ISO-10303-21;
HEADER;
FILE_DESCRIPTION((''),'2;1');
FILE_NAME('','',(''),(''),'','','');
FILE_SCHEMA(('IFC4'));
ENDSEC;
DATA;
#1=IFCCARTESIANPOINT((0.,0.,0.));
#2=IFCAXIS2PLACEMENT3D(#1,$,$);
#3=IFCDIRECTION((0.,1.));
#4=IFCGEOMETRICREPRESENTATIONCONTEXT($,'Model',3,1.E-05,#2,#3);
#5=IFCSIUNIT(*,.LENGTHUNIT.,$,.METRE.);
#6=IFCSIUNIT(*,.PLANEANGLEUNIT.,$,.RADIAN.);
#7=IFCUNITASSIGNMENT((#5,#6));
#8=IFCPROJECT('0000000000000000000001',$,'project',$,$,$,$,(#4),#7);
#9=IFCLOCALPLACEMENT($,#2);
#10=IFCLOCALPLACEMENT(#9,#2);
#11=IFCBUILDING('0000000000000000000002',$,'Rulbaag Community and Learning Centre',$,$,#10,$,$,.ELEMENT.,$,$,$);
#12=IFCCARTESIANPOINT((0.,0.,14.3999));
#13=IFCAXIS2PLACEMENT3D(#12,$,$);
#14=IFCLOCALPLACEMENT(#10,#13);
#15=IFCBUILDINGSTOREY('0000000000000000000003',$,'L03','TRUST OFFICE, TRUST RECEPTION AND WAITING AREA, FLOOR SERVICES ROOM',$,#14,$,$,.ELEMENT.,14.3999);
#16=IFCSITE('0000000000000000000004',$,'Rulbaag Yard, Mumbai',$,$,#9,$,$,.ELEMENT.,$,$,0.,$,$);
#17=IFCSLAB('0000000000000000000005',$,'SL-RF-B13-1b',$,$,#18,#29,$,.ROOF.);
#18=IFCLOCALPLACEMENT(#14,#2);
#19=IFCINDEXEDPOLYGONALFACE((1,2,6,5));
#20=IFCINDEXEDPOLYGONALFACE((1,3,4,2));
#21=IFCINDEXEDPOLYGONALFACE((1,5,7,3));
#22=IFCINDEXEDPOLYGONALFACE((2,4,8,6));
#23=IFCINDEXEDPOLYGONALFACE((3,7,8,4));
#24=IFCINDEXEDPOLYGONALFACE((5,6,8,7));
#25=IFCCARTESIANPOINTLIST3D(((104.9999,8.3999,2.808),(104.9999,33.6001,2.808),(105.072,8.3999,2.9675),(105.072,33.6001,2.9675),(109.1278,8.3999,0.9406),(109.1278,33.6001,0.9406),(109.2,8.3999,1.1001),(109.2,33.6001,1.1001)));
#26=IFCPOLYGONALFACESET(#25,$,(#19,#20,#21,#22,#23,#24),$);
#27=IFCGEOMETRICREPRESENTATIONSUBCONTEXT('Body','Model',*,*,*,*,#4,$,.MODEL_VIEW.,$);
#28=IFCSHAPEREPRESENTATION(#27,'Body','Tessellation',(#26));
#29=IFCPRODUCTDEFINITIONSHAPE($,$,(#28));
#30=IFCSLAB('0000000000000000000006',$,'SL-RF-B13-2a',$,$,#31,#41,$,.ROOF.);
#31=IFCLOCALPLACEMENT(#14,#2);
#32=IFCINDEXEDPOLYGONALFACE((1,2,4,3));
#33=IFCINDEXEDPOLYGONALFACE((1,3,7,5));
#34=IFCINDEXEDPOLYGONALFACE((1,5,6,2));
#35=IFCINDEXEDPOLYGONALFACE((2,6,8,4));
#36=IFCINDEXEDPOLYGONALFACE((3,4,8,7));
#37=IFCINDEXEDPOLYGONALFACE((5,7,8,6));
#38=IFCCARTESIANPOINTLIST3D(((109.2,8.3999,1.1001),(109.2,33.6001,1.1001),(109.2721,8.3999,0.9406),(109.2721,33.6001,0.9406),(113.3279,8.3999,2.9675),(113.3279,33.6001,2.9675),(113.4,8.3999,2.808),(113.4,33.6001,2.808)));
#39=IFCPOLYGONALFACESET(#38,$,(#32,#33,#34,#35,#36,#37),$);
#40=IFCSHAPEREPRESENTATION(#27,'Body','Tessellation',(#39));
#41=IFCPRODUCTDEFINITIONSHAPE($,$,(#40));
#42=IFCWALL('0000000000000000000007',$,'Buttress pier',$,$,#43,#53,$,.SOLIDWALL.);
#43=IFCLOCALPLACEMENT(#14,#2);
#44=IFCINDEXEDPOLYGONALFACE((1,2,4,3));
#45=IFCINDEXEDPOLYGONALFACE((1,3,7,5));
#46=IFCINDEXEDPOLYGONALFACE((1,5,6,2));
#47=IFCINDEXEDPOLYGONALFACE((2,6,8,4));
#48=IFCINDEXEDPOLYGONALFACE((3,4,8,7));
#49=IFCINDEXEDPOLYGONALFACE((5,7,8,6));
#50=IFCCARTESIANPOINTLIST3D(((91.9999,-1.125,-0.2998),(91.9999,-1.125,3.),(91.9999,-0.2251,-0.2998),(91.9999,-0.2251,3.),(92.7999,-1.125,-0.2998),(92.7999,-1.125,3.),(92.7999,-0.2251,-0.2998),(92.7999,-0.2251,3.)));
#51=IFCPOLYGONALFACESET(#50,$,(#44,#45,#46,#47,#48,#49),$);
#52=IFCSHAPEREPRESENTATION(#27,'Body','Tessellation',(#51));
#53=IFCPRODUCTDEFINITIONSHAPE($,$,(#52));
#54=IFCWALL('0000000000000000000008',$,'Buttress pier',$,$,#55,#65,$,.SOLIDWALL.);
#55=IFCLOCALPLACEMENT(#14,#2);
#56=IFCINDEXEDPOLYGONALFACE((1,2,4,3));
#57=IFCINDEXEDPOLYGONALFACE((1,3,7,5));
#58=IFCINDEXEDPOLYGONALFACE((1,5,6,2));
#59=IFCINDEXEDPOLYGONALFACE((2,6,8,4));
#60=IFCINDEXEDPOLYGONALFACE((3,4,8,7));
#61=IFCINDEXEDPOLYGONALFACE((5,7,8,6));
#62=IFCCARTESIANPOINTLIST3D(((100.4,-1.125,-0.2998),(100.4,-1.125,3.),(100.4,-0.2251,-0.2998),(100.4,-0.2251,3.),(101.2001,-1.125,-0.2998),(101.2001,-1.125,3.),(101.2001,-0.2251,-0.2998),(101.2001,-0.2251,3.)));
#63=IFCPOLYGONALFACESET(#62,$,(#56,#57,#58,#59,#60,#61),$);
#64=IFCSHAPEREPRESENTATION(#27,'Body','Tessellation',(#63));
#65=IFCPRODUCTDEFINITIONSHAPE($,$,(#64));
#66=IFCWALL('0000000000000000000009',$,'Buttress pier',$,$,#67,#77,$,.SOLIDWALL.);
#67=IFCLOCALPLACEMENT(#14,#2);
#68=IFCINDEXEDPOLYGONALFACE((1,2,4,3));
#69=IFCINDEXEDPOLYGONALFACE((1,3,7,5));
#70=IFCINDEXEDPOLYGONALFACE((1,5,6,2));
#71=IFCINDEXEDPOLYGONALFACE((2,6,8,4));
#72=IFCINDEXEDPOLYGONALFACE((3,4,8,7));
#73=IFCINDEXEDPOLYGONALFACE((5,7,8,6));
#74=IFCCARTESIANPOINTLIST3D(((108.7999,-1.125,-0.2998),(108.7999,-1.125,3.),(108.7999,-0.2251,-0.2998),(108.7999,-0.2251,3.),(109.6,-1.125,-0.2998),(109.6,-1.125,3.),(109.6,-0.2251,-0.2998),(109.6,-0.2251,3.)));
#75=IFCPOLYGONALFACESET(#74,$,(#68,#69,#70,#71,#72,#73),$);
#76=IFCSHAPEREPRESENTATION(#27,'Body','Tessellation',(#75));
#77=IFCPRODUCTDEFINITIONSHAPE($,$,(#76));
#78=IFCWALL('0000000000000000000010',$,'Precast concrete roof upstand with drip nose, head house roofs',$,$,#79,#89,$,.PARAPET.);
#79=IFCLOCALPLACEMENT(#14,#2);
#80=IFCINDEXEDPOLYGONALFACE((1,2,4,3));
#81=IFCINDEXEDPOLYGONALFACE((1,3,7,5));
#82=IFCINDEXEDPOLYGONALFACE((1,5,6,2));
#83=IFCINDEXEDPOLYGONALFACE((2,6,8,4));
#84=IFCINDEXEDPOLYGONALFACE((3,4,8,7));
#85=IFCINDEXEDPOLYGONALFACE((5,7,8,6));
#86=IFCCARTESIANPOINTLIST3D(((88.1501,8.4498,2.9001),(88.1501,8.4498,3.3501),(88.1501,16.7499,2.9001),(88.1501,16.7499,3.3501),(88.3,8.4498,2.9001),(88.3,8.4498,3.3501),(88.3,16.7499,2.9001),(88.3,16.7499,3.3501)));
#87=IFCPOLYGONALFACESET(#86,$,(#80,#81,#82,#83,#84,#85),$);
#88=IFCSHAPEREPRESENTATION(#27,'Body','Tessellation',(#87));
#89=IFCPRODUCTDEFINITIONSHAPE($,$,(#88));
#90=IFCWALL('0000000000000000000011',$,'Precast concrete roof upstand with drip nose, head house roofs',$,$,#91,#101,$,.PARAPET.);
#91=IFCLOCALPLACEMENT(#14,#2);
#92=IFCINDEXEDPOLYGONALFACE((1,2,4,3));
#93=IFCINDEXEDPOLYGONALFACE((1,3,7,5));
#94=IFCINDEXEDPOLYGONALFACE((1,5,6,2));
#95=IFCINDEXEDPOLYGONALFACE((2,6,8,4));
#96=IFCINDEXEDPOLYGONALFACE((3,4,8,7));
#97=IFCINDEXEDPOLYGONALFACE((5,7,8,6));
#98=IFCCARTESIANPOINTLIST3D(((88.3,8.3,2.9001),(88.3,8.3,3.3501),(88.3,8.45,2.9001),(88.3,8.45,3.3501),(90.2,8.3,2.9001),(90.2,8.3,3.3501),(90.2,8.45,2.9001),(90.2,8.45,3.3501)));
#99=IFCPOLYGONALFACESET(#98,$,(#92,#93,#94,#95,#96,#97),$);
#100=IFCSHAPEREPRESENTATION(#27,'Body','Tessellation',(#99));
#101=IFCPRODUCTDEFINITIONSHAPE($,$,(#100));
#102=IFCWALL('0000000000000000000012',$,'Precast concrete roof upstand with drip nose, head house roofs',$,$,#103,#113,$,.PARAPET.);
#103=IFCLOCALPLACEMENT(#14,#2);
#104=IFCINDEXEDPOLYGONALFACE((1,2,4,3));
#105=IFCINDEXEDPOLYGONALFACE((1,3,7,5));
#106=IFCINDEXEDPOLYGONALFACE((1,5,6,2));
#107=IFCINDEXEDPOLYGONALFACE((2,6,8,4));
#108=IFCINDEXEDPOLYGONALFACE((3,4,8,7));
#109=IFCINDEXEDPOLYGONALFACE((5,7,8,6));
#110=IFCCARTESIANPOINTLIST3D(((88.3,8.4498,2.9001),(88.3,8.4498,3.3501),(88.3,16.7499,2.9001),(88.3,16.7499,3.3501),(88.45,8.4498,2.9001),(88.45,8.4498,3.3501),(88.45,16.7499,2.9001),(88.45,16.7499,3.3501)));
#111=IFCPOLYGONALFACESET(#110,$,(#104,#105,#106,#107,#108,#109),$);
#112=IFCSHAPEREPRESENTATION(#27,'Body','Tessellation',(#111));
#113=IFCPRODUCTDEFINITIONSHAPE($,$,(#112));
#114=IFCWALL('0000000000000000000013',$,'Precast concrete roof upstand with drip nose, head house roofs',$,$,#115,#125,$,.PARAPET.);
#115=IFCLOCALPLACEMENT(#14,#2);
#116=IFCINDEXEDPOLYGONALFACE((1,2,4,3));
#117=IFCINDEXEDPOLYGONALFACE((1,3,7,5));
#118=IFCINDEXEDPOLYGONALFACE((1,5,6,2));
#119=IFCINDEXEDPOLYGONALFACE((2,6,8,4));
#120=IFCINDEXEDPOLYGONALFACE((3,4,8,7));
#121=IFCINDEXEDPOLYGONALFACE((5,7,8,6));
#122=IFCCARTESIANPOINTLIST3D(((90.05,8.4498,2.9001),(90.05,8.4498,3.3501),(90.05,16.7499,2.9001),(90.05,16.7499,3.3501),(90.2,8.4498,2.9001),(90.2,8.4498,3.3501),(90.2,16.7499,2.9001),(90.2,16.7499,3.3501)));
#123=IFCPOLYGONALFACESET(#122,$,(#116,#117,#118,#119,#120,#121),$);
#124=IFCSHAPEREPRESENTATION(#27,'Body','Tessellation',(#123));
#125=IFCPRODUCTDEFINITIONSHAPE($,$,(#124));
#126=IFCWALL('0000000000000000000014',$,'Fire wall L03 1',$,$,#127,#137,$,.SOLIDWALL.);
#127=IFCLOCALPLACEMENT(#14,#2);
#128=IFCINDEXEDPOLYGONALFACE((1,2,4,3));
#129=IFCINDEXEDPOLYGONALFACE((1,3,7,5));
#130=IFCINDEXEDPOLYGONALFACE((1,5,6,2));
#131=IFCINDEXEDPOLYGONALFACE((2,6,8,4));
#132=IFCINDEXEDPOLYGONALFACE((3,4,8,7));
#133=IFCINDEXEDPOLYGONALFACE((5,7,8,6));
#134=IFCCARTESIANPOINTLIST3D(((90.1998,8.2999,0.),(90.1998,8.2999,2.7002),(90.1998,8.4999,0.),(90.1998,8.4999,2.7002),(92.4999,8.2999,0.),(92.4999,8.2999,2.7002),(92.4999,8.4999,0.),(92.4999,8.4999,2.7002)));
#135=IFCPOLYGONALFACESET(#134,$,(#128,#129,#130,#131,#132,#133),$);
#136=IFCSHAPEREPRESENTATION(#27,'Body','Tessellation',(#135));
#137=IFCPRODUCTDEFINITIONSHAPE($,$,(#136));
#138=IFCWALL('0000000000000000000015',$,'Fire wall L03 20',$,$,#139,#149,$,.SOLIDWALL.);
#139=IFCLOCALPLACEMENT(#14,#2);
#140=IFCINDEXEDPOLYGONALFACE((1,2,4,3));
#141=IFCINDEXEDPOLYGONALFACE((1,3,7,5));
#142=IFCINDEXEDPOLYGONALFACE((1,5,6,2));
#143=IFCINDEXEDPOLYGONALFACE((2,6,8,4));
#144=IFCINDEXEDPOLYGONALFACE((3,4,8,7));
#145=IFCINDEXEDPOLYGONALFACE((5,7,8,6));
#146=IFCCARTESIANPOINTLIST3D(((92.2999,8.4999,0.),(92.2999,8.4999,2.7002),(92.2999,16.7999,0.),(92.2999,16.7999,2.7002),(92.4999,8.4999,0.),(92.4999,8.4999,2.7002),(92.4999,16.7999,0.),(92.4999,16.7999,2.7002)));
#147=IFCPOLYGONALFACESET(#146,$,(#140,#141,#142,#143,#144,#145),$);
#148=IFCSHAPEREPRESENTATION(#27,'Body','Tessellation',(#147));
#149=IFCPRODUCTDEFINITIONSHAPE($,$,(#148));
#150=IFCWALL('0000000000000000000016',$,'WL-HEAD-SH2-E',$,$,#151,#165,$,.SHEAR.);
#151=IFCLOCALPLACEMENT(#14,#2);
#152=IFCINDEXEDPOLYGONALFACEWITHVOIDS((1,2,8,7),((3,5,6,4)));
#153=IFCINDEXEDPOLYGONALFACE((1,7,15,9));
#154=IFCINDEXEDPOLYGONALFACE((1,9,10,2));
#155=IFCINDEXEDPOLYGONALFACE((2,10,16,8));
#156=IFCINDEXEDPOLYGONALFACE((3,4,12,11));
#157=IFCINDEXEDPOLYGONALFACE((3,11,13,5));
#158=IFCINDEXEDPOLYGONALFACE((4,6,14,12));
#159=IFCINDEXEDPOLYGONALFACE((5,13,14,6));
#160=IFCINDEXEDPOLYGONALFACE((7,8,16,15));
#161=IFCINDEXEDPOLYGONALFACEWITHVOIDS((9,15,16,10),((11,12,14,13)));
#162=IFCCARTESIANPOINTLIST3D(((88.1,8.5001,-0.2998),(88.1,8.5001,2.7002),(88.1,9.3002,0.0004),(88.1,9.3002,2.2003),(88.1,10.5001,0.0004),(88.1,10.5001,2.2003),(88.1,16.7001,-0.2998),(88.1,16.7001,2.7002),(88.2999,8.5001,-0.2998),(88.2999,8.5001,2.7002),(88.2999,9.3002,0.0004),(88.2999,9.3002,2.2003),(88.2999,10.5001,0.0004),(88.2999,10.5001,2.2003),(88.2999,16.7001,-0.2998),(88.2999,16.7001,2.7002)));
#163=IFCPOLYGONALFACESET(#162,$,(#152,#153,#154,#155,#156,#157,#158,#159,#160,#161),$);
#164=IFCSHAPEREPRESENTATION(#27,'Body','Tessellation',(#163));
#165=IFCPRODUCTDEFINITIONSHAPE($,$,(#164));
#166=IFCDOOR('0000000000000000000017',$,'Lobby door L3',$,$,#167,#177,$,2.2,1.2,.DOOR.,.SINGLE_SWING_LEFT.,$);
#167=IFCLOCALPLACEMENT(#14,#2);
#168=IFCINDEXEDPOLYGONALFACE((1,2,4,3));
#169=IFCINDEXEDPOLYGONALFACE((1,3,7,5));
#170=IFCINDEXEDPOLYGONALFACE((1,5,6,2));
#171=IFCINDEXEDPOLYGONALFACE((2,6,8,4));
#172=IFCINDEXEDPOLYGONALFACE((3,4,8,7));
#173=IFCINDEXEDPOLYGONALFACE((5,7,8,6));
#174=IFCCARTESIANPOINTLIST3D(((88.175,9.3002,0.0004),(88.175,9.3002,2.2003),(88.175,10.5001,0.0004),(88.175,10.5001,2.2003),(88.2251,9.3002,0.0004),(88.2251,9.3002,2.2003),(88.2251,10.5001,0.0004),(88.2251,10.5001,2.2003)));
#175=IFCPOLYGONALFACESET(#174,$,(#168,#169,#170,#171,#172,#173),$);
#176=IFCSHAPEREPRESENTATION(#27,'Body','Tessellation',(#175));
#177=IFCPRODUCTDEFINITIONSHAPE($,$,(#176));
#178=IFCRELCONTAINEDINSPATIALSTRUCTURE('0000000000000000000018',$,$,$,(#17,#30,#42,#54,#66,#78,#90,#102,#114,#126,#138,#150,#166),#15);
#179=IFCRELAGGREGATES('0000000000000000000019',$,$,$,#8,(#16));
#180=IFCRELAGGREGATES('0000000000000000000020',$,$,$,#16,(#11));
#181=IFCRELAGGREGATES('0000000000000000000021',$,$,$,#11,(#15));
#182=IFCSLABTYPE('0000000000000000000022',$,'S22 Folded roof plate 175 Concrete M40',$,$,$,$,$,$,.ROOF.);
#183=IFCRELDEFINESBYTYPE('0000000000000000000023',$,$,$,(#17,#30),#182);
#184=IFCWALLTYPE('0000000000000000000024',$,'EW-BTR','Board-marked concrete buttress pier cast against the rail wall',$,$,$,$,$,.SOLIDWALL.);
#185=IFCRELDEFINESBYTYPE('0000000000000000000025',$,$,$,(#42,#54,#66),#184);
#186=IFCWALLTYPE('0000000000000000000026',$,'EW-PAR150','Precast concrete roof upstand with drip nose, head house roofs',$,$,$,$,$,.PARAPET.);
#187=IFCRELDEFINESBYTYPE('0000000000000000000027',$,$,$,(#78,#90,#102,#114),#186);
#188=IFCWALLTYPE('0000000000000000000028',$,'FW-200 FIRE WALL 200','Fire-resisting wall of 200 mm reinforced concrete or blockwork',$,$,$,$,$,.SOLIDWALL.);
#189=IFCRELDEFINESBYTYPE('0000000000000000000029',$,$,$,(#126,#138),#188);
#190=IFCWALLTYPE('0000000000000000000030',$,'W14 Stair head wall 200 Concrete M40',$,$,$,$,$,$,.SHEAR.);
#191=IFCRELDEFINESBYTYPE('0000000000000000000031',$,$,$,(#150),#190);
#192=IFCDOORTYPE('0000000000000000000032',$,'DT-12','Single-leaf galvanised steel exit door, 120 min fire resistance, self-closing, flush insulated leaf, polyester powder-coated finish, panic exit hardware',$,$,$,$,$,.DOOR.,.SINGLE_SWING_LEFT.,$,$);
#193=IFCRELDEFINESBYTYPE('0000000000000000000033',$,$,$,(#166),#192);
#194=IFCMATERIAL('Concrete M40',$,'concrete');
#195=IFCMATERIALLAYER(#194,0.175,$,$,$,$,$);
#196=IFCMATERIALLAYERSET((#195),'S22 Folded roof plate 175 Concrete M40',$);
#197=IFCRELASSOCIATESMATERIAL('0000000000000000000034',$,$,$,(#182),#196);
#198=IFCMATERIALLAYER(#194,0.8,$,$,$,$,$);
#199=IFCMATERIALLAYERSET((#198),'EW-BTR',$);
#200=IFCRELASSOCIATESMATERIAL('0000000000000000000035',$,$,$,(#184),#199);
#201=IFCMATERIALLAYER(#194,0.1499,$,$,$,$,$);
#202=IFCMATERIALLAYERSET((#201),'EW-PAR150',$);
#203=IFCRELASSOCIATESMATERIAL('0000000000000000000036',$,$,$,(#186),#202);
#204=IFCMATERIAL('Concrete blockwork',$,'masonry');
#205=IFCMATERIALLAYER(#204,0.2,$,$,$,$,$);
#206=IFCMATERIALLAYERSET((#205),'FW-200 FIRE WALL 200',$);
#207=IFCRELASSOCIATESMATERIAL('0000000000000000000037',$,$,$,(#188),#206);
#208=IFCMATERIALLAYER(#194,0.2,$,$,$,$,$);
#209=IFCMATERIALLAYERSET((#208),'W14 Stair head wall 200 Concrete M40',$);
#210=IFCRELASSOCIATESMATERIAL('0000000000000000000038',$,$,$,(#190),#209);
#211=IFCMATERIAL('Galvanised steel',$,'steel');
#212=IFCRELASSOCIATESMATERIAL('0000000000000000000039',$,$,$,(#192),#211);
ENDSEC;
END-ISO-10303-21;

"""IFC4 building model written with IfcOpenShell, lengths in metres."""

from ifc_helpers import new_model, si_unit, direction, frame, frame_2d, origin, place, context, subcontext, project, spatial, polyline, rectangle, outline, extrude, material, layer, layer_set, type_object, element, fill, save


model = new_model("IFC4")

# Units and contexts
model_context = context("Model", 3, precision=1e-05, world=origin(), true_north=direction((0.0, 1.0)))
body_context = subcontext(model_context, "Body", "Model", "MODEL_VIEW")
ifc_project = project(units=[si_unit("LENGTHUNIT", "METRE"), si_unit("PLANEANGLEUNIT", "RADIAN")], contexts=[model_context])

# Site, building, storey
site_placement = place(None, origin())
site = spatial("IfcSite", under=ifc_project, at=site_placement, Name="Rulbaag Yard, Mumbai", CompositionType="ELEMENT", RefElevation=0.0)
building_placement = place(site_placement, origin())
building = spatial("IfcBuilding", under=site, at=building_placement, Name="Rulbaag Community and Learning Centre", CompositionType="ELEMENT")
storey_placement = place(building_placement, frame((0.0, 0.0, 14.3999)))
storey = spatial("IfcBuildingStorey", under=building, at=storey_placement, Name="L03", Description="TRUST OFFICE, TRUST RECEPTION AND WAITING AREA, FLOOR SERVICES ROOM", CompositionType="ELEMENT", Elevation=14.3999)

# Shared definitions
ifc_material_1 = material(Name="Concrete M40", Category="concrete")

# Slabs
ifc_layer_1 = layer(ifc_material_1, 0.175)
ifc_layer_set_1 = layer_set([ifc_layer_1], Name="S22 Folded roof plate 175 Concrete M40")
slab_type = type_object("IfcSlabType", Name="S22 Folded roof plate 175 Concrete M40", PredefinedType="ROOF", material=ifc_layer_set_1)
for number, where, z_axis, x_axis, name in (
    (1, (105.072, 8.3999, 2.9675), (0.412174, 0.0, 0.911105), (0.911105, 0.0, -0.412174), "SL-RF-B13-1b"),
    (2, (109.2, 8.3999, 1.1001), (-0.412174, 0.0, 0.911105), (0.911105, 0.0, 0.412174), "SL-RF-B13-2a"),
):
    element("IfcSlab", number, at=place(storey_placement, frame(where, z_axis=z_axis, x_axis=x_axis)), inside=storey, type_object=slab_type, Name=name, PredefinedType="ROOF", context=body_context, shape_type="SweptSolid", body=[
        extrude(outline(polyline([(0.0, 0.0), (4.5307, 0.0), (4.5307, 25.2002), (0.0, 25.2002), (0.0, 0.0)])), origin(), (0.0, 0.0, -1.0), 0.175),
    ])

# Walls
ifc_layer_2 = layer(ifc_material_1, 0.8)
ifc_layer_set_2 = layer_set([ifc_layer_2], Name="EW-BTR")
wall_type_1 = type_object("IfcWallType", Name="EW-BTR", Description="Board-marked concrete buttress pier cast against the rail wall", PredefinedType="SOLIDWALL", material=ifc_layer_set_2)
for number, where, z_axis, x_axis, name in (
    (3, (92.3999, -0.2251, -0.2998), (0.0, 0.0, 1.0), (0.0, -1.0, 0.0), "Buttress pier"),
    (4, (100.8, -0.2251, -0.2998), (0.0, 0.0, 1.0), (0.0, -1.0, 0.0), "Buttress pier"),
    (5, (109.2, -0.2251, -0.2998), (0.0, 0.0, 1.0), (0.0, -1.0, 0.0), "Buttress pier"),
):
    element("IfcWall", number, at=place(storey_placement, frame(where, z_axis=z_axis, x_axis=x_axis)), inside=storey, type_object=wall_type_1, Name=name, PredefinedType="SOLIDWALL", context=body_context, shape_type="SweptSolid", body=[
        extrude(rectangle(XDim=0.8999, YDim=0.8, at=frame_2d((0.45, 0.0))), origin(), (0.0, 0.0, 1.0), 3.2998),
    ])
ifc_layer_3 = layer(ifc_material_1, 0.1499)
ifc_layer_set_3 = layer_set([ifc_layer_3], Name="EW-PAR150")
wall_type_2 = type_object("IfcWallType", Name="EW-PAR150", Description="Precast concrete roof upstand with drip nose, head house roofs", PredefinedType="PARAPET", material=ifc_layer_set_3)
wall_1_placement = place(storey_placement, frame((88.2251, 8.45, 2.9001), z_axis=(0.0, 0.0, 1.0), x_axis=(0.0, 1.0, 0.0)))
element("IfcWall", 6, at=wall_1_placement, inside=storey, type_object=wall_type_2, Name="Precast concrete roof upstand with drip nose, head house roofs", PredefinedType="PARAPET", context=body_context, shape_type="SweptSolid", body=[
    extrude(rectangle(XDim=8.3, YDim=0.1499, at=frame_2d((4.1499, 0.0))), origin(), (0.0, 0.0, 1.0), 0.45),
])
wall_2_placement = place(storey_placement, frame((88.3, 8.375, 2.9001), z_axis=(0.0, 0.0, 1.0), x_axis=(1.0, 0.0, 0.0)))
element("IfcWall", 7, at=wall_2_placement, inside=storey, type_object=wall_type_2, Name="Precast concrete roof upstand with drip nose, head house roofs", PredefinedType="PARAPET", context=body_context, shape_type="SweptSolid", body=[
    extrude(rectangle(XDim=1.8999, YDim=0.1499, at=frame_2d((0.95, 0.0))), origin(), (0.0, 0.0, 1.0), 0.45),
])
for number, where, z_axis, x_axis, name in (
    (8, (88.375, 8.45, 2.9001), (0.0, 0.0, 1.0), (0.0, 1.0, 0.0), "Precast concrete roof upstand with drip nose, head house roofs"),
    (9, (90.125, 8.45, 2.9001), (0.0, 0.0, 1.0), (0.0, 1.0, 0.0), "Precast concrete roof upstand with drip nose, head house roofs"),
):
    element("IfcWall", number, at=place(storey_placement, frame(where, z_axis=z_axis, x_axis=x_axis)), inside=storey, type_object=wall_type_2, Name=name, PredefinedType="PARAPET", context=body_context, shape_type="SweptSolid", body=[
        extrude(rectangle(XDim=8.3, YDim=0.1499, at=frame_2d((4.1499, 0.0))), origin(), (0.0, 0.0, 1.0), 0.45),
    ])
ifc_material_2 = material(Name="Concrete blockwork", Category="masonry")
ifc_layer_4 = layer(ifc_material_2, 0.2)
ifc_layer_set_4 = layer_set([ifc_layer_4], Name="FW-200 FIRE WALL 200")
wall_type_3 = type_object("IfcWallType", Name="FW-200 FIRE WALL 200", Description="Fire-resisting wall of 200 mm reinforced concrete or blockwork", PredefinedType="SOLIDWALL", material=ifc_layer_set_4)
wall_3_placement = place(storey_placement, frame((90.2, 8.3999, 0.0), z_axis=(0.0, 0.0, 1.0), x_axis=(1.0, 0.0, 0.0)))
element("IfcWall", 10, at=wall_3_placement, inside=storey, type_object=wall_type_3, Name="Fire wall L03 1", PredefinedType="SOLIDWALL", context=body_context, shape_type="SweptSolid", body=[
    extrude(rectangle(XDim=2.3, YDim=0.2, at=frame_2d((1.1499, 0.0))), origin(), (0.0, 0.0, 1.0), 2.7002),
])
wall_4_placement = place(storey_placement, frame((92.3999, 8.5, 0.0), z_axis=(0.0, 0.0, 1.0), x_axis=(0.0, 1.0, 0.0)))
element("IfcWall", 11, at=wall_4_placement, inside=storey, type_object=wall_type_3, Name="Fire wall L03 20", PredefinedType="SOLIDWALL", context=body_context, shape_type="SweptSolid", body=[
    extrude(rectangle(XDim=8.3, YDim=0.2, at=frame_2d((4.1499, 0.0))), origin(), (0.0, 0.0, 1.0), 2.7002),
])

# Wall, opening, door
ifc_layer_5 = layer(ifc_material_1, 0.2)
ifc_layer_set_5 = layer_set([ifc_layer_5], Name="W14 Stair head wall 200 Concrete M40")
wall_type_4 = type_object("IfcWallType", Name="W14 Stair head wall 200 Concrete M40", PredefinedType="SHEAR", material=ifc_layer_set_5)
wall_5_placement = place(storey_placement, frame((88.2, 8.5, -0.2998), z_axis=(0.0, 0.0, 1.0), x_axis=(0.0, 1.0, 0.0)))
wall_5 = element("IfcWall", 12, at=wall_5_placement, inside=storey, type_object=wall_type_4, Name="WL-HEAD-SH2-E", PredefinedType="SHEAR", context=body_context, shape_type="SweptSolid", body=[
    extrude(rectangle(XDim=8.2, YDim=0.2, at=frame_2d((4.1001, 0.0))), origin(), (0.0, 0.0, 1.0), 3.0),
])
opening_1_placement = place(wall_5_placement, frame((0.8, 0.0, 0.3)))
opening_1 = element("IfcOpeningElement", 13, at=opening_1_placement, cuts=wall_5, PredefinedType="OPENING", context=body_context, shape_type="SweptSolid", body=[
    extrude(rectangle(XDim=1.2, YDim=2.2, at=frame_2d((0.6001, 1.1001))), frame((0.0, 0.1099, 0.0), z_axis=(0.0, -1.0, 0.0), x_axis=(1.0, 0.0, 0.0)), (0.0, 0.0, 1.0), 0.22),
])
ifc_material_3 = material(Name="Galvanised steel", Category="steel")
door_type_1 = type_object("IfcDoorType", Name="DT-12", Description="Single-leaf galvanised steel exit door, 120 min fire resistance, self-closing, flush insulated leaf, polyester powder-coated finish, panic exit hardware", OperationType="SINGLE_SWING_LEFT", PredefinedType="DOOR", material=ifc_material_3)
door_1_placement = place(opening_1_placement, origin())
door_1 = element("IfcDoor", 14, at=door_1_placement, inside=storey, type_object=door_type_1, Name="Lobby door L3", OperationType="SINGLE_SWING_LEFT", OverallHeight=2.2, OverallWidth=1.2, PredefinedType="DOOR", context=body_context, shape_type="SweptSolid", body=[
    extrude(rectangle(XDim=1.2, YDim=2.2, at=frame_2d((0.6001, 1.1001))), frame((0.0, 0.0249, 0.0), z_axis=(0.0, -1.0, 0.0), x_axis=(1.0, 0.0, 0.0)), (0.0, 0.0, 1.0), 0.05),
])
fill(opening_1, door_1)

save(model, "model.ifc")
